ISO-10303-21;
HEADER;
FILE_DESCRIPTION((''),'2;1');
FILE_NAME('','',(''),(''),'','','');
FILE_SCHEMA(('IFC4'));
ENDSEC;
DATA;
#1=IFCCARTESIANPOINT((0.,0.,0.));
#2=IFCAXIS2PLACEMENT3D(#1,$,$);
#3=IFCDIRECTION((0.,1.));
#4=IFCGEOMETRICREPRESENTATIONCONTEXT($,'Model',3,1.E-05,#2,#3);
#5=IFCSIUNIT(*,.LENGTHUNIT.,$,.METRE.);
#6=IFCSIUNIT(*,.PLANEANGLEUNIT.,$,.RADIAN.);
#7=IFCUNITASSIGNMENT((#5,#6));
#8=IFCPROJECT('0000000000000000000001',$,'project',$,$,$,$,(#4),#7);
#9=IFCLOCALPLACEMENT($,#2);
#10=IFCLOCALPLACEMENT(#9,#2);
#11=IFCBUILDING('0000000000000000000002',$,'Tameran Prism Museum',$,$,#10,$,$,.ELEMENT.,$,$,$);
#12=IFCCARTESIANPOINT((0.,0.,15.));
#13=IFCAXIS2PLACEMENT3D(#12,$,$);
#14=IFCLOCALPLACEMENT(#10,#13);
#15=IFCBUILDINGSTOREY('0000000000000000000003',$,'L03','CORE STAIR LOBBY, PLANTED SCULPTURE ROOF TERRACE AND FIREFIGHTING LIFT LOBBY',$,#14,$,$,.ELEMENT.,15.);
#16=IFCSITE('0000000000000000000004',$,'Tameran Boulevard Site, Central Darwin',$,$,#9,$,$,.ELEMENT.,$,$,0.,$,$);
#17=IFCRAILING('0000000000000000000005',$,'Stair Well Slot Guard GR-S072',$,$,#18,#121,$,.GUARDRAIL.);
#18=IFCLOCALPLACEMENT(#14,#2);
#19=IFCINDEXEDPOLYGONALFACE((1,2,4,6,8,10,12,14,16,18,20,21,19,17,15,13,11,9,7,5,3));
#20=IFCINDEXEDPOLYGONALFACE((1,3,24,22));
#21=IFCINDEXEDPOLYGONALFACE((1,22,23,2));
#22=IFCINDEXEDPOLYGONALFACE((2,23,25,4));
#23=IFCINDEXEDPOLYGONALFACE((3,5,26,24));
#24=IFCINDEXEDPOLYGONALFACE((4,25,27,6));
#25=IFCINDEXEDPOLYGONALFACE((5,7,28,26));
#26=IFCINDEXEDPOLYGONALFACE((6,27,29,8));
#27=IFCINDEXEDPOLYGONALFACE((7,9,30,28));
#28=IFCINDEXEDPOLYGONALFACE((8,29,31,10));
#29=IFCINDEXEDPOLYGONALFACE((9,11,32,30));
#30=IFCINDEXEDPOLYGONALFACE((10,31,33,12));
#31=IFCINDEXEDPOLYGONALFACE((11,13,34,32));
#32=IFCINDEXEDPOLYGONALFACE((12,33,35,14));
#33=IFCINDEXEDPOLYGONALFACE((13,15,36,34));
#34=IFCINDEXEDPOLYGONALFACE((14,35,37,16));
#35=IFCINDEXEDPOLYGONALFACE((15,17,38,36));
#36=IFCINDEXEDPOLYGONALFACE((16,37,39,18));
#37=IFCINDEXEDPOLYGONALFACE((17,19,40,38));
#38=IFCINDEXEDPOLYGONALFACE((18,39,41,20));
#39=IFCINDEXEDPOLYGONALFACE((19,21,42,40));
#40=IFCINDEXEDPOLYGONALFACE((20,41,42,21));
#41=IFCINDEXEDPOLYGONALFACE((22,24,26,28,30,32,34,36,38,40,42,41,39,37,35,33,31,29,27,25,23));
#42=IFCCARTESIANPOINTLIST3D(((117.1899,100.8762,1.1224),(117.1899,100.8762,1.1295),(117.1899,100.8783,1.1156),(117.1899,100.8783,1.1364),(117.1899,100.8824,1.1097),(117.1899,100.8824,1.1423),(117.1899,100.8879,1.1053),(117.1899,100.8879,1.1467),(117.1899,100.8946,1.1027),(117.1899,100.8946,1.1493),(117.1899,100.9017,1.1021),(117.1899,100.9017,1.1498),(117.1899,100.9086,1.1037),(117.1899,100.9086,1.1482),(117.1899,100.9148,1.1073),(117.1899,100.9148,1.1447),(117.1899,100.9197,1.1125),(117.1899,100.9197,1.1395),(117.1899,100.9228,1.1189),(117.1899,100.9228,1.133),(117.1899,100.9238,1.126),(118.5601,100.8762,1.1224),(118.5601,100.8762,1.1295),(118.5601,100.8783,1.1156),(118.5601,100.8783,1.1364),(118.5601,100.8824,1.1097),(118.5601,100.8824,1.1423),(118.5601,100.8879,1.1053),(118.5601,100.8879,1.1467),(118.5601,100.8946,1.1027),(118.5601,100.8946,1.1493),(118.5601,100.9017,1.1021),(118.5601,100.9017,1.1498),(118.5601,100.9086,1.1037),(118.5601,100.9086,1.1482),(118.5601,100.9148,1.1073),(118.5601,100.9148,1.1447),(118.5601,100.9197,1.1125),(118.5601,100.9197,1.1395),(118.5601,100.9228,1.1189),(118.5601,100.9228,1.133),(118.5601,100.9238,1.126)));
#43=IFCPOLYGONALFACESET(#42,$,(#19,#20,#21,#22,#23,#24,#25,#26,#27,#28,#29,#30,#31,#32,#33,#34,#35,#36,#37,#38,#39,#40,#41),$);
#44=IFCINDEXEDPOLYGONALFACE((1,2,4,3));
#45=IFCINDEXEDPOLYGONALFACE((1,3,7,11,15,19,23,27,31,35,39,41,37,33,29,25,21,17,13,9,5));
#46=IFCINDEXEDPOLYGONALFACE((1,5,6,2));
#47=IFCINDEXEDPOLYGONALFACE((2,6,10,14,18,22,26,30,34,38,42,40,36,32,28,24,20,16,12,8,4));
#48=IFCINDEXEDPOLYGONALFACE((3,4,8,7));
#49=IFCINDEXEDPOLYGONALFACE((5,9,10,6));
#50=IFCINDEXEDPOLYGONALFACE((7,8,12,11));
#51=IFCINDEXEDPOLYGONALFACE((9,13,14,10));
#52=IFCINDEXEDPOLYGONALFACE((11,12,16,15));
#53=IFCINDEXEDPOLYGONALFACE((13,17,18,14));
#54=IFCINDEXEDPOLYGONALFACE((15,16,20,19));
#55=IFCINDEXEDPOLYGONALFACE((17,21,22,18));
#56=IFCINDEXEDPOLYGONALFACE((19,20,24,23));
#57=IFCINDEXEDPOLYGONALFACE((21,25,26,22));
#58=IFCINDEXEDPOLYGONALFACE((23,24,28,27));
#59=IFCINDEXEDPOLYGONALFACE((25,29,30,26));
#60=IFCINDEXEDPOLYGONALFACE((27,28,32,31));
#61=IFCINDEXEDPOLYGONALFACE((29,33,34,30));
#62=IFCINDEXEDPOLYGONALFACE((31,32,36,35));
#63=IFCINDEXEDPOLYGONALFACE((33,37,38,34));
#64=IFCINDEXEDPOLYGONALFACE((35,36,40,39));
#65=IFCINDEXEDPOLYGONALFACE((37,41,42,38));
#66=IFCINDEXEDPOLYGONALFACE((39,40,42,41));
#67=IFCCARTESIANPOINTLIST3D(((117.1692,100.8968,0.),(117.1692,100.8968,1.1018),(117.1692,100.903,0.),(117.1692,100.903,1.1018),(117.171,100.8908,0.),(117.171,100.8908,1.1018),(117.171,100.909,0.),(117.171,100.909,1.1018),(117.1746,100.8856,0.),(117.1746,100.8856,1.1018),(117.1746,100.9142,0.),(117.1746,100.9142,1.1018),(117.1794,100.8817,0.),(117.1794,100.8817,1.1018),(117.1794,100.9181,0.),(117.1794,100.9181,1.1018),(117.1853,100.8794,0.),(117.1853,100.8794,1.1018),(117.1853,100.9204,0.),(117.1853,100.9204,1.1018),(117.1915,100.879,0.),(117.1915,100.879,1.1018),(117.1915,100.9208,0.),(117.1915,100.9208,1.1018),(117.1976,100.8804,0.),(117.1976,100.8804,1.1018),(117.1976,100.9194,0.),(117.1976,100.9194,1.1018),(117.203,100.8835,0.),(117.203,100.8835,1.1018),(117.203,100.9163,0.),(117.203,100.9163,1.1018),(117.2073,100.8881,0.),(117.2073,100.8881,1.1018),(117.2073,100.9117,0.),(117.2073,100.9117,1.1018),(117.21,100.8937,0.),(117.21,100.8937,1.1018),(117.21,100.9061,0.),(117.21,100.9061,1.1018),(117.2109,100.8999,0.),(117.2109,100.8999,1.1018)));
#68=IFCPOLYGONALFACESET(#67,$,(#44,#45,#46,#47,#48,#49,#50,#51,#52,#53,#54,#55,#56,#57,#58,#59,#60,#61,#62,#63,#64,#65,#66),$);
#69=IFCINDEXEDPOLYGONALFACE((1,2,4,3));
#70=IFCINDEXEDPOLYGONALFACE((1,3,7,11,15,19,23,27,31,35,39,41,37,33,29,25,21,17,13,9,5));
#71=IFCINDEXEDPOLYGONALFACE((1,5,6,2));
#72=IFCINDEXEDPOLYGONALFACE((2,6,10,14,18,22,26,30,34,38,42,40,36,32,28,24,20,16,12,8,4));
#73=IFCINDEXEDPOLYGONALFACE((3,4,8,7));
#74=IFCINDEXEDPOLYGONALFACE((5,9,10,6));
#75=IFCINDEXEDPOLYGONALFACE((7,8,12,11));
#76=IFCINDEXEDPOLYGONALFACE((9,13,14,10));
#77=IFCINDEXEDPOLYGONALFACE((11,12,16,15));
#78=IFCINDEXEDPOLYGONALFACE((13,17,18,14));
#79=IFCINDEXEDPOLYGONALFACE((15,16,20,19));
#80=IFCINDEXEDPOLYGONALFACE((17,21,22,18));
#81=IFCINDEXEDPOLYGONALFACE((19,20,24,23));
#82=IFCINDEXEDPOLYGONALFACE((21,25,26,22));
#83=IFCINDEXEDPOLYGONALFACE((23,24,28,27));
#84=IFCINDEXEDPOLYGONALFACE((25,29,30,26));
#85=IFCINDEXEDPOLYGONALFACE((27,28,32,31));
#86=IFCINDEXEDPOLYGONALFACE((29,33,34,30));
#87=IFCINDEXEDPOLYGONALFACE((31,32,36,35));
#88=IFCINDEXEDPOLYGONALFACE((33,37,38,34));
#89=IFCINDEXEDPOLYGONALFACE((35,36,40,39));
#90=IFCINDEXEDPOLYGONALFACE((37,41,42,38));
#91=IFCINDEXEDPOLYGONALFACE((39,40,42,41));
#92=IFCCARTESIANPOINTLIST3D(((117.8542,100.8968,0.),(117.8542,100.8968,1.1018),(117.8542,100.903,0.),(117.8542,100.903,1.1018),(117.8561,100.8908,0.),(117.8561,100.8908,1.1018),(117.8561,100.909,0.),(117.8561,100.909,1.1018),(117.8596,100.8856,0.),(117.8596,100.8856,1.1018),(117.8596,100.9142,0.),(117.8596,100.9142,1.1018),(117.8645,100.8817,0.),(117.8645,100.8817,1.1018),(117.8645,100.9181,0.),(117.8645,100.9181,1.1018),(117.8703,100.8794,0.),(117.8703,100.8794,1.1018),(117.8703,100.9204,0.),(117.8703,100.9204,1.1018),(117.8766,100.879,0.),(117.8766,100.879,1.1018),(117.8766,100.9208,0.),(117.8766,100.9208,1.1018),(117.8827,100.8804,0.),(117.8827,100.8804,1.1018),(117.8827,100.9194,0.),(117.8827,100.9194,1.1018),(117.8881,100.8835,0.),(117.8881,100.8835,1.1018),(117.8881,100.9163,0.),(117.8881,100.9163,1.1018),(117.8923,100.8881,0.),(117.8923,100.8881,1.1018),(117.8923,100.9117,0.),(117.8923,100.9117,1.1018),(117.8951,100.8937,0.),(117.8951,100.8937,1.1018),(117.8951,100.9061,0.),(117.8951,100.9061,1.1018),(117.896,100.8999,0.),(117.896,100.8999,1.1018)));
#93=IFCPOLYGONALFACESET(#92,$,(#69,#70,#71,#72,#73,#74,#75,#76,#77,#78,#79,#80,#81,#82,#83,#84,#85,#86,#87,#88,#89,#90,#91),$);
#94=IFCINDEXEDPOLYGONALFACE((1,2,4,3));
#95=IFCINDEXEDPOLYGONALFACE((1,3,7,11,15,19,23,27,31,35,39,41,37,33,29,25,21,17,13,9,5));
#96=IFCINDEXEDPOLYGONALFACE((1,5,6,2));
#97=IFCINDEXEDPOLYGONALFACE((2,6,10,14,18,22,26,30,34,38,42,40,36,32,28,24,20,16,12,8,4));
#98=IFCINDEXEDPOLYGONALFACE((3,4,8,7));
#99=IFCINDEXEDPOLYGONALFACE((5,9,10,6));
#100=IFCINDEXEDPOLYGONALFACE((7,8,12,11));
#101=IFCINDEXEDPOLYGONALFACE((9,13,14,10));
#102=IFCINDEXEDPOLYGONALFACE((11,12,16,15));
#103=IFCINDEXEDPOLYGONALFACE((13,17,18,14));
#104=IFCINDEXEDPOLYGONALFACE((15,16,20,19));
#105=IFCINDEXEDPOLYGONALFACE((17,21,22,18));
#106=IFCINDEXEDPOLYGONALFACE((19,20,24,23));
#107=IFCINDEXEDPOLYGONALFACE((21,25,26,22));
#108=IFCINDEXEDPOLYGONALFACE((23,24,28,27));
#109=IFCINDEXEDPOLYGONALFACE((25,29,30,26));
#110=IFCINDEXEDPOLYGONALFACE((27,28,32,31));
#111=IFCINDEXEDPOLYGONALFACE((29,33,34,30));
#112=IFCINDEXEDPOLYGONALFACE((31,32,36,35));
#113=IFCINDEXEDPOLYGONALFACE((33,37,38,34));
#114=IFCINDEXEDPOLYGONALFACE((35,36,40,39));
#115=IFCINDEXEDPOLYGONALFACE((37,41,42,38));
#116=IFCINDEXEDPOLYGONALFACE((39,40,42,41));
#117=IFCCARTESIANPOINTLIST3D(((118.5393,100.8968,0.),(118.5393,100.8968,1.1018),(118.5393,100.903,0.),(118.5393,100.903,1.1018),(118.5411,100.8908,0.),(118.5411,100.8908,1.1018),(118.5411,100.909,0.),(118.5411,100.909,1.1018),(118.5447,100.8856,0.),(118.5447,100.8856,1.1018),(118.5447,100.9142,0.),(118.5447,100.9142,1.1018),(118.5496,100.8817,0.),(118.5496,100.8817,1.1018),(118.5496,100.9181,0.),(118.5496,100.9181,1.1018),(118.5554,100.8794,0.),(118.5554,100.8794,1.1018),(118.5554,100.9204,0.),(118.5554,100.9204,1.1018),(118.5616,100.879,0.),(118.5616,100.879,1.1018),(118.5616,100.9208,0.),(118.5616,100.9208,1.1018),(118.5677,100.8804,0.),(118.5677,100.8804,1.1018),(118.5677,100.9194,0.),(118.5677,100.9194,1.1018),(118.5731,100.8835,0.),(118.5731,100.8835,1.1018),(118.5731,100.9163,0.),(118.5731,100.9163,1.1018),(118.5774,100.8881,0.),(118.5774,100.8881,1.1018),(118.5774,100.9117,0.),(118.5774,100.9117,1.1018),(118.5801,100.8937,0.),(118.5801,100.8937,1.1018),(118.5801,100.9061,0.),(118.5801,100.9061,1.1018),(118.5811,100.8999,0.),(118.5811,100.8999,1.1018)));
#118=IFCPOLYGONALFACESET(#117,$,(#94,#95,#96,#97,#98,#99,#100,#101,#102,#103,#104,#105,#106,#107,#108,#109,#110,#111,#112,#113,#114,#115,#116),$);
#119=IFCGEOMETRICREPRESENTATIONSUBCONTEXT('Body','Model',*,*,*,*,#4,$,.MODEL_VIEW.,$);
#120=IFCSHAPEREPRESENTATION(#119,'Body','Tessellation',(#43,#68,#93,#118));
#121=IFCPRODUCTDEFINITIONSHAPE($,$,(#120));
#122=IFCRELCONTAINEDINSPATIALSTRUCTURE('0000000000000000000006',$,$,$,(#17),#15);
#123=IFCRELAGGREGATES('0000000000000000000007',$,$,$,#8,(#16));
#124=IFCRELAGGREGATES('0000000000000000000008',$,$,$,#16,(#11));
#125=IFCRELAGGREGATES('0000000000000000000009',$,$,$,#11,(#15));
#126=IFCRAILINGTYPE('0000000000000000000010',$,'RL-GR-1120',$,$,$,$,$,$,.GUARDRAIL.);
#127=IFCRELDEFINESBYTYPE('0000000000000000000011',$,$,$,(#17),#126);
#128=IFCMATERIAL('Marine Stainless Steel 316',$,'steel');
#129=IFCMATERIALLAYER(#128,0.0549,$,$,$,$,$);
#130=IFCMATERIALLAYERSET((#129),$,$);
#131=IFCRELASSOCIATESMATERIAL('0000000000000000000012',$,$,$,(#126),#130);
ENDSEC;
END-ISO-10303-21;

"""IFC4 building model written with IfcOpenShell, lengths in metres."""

from ifc_helpers import new_model, si_unit, direction, frame, origin, origin_2d, place, context, subcontext, project, spatial, circle, extrude, material, layer, layer_set, type_object, element, save


model = new_model("IFC4")

# Units and contexts
model_context = context("Model", 3, precision=1e-05, world=origin(), true_north=direction((0.0, 1.0)))
body_context = subcontext(model_context, "Body", "Model", "MODEL_VIEW")
ifc_project = project(units=[si_unit("LENGTHUNIT", "METRE"), si_unit("PLANEANGLEUNIT", "RADIAN")], contexts=[model_context])

# Site, building, storey
site_placement = place(None, origin())
site = spatial("IfcSite", under=ifc_project, at=site_placement, Name="Tameran Boulevard Site, Central Darwin", CompositionType="ELEMENT", RefElevation=0.0)
building_placement = place(site_placement, origin())
building = spatial("IfcBuilding", under=site, at=building_placement, Name="Tameran Prism Museum", CompositionType="ELEMENT")
storey_placement = place(building_placement, frame((0.0, 0.0, 15.0)))
storey = spatial("IfcBuildingStorey", under=building, at=storey_placement, Name="L03", Description="CORE STAIR LOBBY, PLANTED SCULPTURE ROOF TERRACE AND FIREFIGHTING LIFT LOBBY", CompositionType="ELEMENT", Elevation=15.0)

# Railing
ifc_material_1 = material(Name="Marine Stainless Steel 316", Category="steel")
ifc_layer_1 = layer(ifc_material_1, 0.0549)
ifc_layer_set_1 = layer_set([ifc_layer_1])
railing_type_1 = type_object("IfcRailingType", Name="RL-GR-1120", PredefinedType="GUARDRAIL", material=ifc_layer_set_1)
railing_1_placement = place(storey_placement, frame((117.1899, 100.8999, 0.0)))
element("IfcRailing", 1, at=railing_1_placement, inside=storey, type_object=railing_type_1, Name="Stair Well Slot Guard GR-S072", PredefinedType="GUARDRAIL", context=body_context, shape_type="SweptSolid", body=[
    extrude(circle(Radius=0.0239, at=origin_2d()), frame((0.0, 0.0, 1.126), z_axis=(1.0, 0.0, 0.0), x_axis=(0.0, 1.0, 0.0)), (0.0, 0.0, 1.0), 1.3701),
    extrude(circle(Radius=0.021, at=origin_2d()), origin(), (0.0, 0.0, 1.0), 1.1018),
    extrude(circle(Radius=0.021, at=origin_2d()), frame((0.6851, 0.0, 0.0)), (0.0, 0.0, 1.0), 1.1018),
    extrude(circle(Radius=0.021, at=origin_2d()), frame((1.3701, 0.0, 0.0)), (0.0, 0.0, 1.0), 1.1018),
])

save(model, "model.ifc")
